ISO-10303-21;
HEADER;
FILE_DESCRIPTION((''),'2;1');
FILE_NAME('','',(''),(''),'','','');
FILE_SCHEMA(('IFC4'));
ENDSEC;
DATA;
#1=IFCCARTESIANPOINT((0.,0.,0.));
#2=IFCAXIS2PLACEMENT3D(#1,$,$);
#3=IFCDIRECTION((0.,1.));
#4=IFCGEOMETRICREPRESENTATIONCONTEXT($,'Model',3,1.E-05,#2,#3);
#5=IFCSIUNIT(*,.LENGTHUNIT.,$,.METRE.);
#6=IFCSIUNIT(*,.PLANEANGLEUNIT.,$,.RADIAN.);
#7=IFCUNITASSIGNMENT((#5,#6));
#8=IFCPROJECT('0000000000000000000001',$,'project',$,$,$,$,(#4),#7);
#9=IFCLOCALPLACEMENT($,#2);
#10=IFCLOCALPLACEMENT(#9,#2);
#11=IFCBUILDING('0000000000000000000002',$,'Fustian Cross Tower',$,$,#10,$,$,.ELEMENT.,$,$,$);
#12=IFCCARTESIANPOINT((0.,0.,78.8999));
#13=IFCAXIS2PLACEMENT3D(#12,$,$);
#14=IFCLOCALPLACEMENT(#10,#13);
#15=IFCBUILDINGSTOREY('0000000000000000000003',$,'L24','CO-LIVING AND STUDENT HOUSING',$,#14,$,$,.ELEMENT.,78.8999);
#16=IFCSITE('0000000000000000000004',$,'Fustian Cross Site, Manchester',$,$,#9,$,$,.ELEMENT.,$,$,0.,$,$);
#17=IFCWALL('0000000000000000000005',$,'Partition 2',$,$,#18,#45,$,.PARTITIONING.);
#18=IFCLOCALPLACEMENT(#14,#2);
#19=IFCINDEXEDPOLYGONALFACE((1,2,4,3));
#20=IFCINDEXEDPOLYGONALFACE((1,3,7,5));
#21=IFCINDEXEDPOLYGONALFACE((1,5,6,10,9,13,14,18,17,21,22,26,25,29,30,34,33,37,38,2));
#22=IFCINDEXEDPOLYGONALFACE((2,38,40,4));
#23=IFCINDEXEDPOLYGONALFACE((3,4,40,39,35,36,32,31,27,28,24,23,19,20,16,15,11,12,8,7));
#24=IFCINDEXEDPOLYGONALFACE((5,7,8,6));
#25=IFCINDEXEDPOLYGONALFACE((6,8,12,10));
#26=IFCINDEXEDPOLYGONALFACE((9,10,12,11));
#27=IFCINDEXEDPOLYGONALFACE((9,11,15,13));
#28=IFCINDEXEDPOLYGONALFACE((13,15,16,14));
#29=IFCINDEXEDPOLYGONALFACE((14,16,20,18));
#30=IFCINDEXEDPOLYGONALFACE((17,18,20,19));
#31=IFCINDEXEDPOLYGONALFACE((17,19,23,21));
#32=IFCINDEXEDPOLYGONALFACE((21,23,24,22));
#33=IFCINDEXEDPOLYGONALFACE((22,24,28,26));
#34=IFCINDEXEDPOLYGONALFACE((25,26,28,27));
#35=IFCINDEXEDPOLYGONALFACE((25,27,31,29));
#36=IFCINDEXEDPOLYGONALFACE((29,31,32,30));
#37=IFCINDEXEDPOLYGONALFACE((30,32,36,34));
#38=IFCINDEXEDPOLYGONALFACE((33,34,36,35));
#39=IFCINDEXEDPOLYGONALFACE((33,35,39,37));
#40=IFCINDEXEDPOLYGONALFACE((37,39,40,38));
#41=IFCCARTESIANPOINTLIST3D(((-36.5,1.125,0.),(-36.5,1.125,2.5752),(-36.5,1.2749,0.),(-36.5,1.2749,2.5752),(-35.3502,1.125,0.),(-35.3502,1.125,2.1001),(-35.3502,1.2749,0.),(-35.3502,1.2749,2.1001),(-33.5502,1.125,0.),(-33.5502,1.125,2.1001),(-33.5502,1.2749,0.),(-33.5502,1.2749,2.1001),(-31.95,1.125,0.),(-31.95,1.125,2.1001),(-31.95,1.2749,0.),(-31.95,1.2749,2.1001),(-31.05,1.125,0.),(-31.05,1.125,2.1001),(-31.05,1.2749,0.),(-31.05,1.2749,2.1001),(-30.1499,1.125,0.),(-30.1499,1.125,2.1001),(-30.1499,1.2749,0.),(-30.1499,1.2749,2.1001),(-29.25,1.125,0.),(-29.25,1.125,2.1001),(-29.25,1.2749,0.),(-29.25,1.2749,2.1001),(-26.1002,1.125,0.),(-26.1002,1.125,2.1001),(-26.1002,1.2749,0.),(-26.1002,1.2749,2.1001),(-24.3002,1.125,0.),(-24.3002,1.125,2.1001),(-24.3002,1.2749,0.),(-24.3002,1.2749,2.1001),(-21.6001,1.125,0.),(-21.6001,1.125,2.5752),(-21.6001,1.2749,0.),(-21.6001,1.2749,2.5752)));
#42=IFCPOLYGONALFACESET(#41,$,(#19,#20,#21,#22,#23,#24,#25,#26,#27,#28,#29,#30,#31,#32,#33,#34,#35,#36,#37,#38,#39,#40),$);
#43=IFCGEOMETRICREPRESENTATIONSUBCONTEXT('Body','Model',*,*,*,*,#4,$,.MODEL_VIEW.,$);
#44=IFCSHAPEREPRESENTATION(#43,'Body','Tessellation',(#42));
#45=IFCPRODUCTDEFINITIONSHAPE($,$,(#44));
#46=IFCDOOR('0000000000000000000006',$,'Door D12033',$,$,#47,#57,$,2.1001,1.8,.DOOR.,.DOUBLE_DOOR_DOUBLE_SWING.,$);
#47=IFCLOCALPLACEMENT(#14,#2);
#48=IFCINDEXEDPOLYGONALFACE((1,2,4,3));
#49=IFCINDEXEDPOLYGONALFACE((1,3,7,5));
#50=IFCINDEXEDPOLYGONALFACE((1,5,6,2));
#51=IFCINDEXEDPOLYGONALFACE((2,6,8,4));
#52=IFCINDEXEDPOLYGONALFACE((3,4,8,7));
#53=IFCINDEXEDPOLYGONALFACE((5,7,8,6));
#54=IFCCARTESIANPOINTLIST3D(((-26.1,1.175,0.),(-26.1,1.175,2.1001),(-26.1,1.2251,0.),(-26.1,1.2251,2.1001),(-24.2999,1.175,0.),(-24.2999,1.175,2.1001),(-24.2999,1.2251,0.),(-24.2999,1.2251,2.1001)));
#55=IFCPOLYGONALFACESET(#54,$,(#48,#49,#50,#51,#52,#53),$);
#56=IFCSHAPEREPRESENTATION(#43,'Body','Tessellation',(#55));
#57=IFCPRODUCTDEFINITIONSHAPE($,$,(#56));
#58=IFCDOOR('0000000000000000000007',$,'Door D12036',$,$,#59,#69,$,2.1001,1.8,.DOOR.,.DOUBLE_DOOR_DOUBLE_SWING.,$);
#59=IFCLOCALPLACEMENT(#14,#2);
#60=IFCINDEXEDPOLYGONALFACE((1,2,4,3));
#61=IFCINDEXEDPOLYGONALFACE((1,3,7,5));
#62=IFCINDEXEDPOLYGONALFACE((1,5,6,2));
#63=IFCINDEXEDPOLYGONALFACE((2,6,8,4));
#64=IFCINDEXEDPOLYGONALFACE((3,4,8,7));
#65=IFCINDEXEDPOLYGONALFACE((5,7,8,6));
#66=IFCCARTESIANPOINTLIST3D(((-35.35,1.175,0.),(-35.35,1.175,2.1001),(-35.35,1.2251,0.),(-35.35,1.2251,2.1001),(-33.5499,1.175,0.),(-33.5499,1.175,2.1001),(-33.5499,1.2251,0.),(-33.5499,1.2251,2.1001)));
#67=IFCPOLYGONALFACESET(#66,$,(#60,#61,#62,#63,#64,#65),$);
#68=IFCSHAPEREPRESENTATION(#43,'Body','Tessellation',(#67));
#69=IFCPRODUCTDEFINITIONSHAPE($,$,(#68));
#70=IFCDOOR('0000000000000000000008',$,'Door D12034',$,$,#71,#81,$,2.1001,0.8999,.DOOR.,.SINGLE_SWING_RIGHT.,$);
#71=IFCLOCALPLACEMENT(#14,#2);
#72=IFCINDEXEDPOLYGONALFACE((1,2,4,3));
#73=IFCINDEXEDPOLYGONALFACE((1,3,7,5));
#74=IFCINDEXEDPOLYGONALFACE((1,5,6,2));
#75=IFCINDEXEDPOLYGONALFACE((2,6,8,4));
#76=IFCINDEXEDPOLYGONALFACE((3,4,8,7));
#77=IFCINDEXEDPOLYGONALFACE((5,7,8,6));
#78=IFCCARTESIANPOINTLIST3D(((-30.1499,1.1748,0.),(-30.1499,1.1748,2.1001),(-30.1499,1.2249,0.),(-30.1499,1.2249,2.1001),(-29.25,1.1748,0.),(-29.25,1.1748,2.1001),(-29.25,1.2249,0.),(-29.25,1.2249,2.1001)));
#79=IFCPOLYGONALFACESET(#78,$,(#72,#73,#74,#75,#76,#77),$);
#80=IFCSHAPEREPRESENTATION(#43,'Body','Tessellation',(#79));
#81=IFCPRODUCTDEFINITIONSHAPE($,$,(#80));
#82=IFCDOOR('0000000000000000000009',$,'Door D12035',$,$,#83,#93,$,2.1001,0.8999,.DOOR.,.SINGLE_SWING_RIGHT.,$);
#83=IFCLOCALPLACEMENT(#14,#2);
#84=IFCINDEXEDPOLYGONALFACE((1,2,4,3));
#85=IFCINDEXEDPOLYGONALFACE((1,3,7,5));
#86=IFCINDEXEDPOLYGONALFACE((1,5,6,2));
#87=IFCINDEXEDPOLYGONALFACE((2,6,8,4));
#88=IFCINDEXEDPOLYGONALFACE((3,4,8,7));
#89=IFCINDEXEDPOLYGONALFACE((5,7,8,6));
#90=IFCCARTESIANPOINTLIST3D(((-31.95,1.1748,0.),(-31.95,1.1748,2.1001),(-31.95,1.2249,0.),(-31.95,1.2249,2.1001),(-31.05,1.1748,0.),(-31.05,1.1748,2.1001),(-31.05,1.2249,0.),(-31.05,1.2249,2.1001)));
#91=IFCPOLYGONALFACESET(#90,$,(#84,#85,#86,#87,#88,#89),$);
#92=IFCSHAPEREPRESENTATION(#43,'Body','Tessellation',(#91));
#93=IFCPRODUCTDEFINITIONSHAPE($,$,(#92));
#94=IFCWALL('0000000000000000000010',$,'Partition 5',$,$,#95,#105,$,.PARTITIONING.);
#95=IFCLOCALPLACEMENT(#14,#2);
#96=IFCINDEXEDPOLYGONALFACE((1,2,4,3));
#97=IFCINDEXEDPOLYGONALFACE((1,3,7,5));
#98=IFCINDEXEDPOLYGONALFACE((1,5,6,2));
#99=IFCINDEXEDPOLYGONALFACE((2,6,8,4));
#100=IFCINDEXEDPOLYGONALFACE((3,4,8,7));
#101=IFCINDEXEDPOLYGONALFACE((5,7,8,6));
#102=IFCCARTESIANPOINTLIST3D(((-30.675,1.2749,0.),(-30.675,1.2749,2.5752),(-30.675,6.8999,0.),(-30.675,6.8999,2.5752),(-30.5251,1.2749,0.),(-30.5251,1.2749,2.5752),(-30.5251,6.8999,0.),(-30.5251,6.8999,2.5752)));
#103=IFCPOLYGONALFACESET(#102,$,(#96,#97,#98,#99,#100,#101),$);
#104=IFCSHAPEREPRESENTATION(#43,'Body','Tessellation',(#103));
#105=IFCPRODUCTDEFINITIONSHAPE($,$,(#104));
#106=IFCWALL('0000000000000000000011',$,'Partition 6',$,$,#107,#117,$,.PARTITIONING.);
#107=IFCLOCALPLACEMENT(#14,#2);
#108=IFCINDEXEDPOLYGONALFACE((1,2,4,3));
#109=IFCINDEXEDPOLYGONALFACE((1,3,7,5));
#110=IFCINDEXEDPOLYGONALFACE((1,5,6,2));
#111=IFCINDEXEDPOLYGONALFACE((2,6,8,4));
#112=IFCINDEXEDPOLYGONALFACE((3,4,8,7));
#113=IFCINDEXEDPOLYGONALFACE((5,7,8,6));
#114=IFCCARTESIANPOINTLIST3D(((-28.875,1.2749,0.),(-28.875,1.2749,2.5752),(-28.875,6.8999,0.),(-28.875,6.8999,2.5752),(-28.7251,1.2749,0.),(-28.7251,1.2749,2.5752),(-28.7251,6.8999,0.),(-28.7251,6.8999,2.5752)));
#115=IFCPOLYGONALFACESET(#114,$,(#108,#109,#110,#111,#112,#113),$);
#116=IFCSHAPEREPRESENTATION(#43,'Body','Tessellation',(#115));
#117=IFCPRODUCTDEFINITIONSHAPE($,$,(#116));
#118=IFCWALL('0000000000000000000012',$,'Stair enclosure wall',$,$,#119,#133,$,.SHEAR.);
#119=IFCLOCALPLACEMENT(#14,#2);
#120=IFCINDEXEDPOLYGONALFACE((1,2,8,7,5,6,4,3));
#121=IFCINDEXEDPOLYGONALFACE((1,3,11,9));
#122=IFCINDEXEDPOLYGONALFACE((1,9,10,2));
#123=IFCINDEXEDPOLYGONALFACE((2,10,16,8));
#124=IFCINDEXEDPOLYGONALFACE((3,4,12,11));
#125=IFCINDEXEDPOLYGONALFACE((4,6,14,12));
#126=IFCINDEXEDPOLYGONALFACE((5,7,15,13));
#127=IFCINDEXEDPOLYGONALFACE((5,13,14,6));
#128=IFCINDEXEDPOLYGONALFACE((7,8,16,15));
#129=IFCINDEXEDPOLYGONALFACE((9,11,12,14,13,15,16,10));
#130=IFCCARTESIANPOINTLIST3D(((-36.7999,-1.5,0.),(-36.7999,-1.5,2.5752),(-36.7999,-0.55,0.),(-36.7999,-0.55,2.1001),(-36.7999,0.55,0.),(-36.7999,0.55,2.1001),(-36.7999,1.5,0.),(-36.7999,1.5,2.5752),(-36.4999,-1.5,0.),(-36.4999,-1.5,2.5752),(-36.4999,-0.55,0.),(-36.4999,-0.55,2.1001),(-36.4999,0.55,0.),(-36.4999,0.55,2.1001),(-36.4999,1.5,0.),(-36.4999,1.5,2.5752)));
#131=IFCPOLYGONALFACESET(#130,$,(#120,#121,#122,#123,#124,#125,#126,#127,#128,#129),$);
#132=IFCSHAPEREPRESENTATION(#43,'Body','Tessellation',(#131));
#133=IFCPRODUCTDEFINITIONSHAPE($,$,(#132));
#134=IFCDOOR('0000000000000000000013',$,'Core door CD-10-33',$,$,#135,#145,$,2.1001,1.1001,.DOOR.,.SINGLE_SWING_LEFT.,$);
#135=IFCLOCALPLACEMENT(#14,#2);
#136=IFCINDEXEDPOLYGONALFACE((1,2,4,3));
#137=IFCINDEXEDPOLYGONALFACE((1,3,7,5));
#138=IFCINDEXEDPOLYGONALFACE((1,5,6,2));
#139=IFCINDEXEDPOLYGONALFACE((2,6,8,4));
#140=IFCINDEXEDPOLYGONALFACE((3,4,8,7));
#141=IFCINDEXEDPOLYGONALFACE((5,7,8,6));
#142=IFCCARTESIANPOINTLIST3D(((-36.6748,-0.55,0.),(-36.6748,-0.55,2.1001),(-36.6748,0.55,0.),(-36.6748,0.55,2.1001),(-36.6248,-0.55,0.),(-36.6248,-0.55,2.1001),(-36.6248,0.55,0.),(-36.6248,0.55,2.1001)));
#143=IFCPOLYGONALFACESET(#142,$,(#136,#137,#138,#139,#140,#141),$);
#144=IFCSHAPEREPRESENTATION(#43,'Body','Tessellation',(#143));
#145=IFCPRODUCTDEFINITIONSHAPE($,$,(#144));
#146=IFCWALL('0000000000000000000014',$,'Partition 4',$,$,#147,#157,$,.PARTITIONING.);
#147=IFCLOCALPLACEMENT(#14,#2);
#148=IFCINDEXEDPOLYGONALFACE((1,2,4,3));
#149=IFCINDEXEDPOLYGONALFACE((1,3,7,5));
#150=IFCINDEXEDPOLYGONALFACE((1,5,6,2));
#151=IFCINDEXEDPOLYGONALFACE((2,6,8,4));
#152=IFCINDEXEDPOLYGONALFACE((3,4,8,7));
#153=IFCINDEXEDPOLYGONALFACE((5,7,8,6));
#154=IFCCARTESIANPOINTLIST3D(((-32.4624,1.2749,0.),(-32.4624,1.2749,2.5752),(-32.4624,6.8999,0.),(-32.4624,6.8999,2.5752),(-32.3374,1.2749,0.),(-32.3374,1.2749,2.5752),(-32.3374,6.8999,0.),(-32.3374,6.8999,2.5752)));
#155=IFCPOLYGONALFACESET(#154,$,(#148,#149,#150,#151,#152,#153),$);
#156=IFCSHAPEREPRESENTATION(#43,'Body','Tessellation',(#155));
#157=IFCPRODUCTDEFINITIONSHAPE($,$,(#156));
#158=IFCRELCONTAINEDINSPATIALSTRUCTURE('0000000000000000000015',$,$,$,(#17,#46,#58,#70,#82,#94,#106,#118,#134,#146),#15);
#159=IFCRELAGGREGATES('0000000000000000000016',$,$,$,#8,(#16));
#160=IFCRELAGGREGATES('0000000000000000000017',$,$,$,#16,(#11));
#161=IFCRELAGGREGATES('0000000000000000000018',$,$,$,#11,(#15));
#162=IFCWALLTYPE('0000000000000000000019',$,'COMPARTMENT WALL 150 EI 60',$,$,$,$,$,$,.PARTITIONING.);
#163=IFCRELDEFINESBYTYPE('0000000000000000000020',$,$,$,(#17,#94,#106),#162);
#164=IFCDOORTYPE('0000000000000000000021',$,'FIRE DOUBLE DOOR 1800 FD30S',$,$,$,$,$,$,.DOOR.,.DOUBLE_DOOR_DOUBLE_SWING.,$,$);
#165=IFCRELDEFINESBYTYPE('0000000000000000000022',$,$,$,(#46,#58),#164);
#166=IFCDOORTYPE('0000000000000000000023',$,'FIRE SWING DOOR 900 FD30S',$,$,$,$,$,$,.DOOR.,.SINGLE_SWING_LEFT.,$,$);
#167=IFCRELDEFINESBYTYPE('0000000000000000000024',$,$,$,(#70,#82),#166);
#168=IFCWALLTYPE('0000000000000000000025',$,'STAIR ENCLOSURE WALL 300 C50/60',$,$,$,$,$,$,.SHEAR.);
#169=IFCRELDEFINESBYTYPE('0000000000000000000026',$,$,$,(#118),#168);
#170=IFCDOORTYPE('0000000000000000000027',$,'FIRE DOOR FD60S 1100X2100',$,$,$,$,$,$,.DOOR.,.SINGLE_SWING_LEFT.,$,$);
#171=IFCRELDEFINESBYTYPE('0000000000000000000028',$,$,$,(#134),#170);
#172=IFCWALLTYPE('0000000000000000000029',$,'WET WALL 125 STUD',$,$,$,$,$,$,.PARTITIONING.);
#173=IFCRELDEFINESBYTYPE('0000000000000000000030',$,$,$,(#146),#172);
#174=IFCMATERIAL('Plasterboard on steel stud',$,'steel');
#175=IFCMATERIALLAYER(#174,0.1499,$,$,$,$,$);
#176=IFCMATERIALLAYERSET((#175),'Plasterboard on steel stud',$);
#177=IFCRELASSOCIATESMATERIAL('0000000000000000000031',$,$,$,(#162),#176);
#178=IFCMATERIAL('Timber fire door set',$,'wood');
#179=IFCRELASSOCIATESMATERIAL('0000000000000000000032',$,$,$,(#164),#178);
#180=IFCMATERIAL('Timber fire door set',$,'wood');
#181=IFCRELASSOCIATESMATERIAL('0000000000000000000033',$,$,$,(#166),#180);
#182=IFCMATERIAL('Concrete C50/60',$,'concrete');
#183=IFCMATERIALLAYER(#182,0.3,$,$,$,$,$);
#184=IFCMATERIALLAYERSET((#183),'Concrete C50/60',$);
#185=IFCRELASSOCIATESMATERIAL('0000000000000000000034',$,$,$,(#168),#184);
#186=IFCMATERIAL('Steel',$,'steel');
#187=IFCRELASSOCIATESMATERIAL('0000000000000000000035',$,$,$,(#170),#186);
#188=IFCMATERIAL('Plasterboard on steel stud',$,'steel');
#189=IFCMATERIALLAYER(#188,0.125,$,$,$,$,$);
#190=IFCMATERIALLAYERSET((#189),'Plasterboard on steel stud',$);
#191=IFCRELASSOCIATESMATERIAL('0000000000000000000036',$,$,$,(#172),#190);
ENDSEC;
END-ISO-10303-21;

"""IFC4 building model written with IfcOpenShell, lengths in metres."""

from ifc_helpers import new_model, si_unit, direction, frame, frame_2d, origin, place, context, subcontext, project, spatial, rectangle, extrude, material, layer, layer_set, type_object, element, fill, save


model = new_model("IFC4")

# Units and contexts
model_context = context("Model", 3, precision=1e-05, world=origin(), true_north=direction((0.0, 1.0)))
body_context = subcontext(model_context, "Body", "Model", "MODEL_VIEW")
ifc_project = project(units=[si_unit("LENGTHUNIT", "METRE"), si_unit("PLANEANGLEUNIT", "RADIAN")], contexts=[model_context])

# Site, building, storey
site_placement = place(None, origin())
site = spatial("IfcSite", under=ifc_project, at=site_placement, Name="Fustian Cross Site, Manchester", CompositionType="ELEMENT", RefElevation=0.0)
building_placement = place(site_placement, origin())
building = spatial("IfcBuilding", under=site, at=building_placement, Name="Fustian Cross Tower", CompositionType="ELEMENT")
storey_placement = place(building_placement, frame((0.0, 0.0, 78.8999)))
storey = spatial("IfcBuildingStorey", under=building, at=storey_placement, Name="L24", Description="CO-LIVING AND STUDENT HOUSING", CompositionType="ELEMENT", Elevation=78.8999)

# Wall, openings, doors
ifc_material_1 = material(Name="Plasterboard on steel stud", Category="steel")
ifc_layer_1 = layer(ifc_material_1, 0.1499)
ifc_layer_set_1 = layer_set([ifc_layer_1], Name="Plasterboard on steel stud")
wall_type_1 = type_object("IfcWallType", Name="COMPARTMENT WALL 150 EI 60", PredefinedType="PARTITIONING", material=ifc_layer_set_1)
ifc_material_2 = material(Name="Timber fire door set", Category="wood")
door_type_1 = type_object("IfcDoorType", Name="FIRE DOUBLE DOOR 1800 FD30S", OperationType="DOUBLE_DOOR_DOUBLE_SWING", PredefinedType="DOOR", material=ifc_material_2)
ifc_material_3 = material(Name="Timber fire door set", Category="wood")
door_type_2 = type_object("IfcDoorType", Name="FIRE SWING DOOR 900 FD30S", OperationType="SINGLE_SWING_LEFT", PredefinedType="DOOR", material=ifc_material_3)
wall_1_placement = place(storey_placement, frame((-36.5, 1.2, 0.0), z_axis=(0.0, 0.0, 1.0), x_axis=(1.0, 0.0, 0.0)))
wall_1 = element("IfcWall", 1, at=wall_1_placement, inside=storey, type_object=wall_type_1, Name="Partition 2", PredefinedType="PARTITIONING", context=body_context, shape_type="SweptSolid", body=[
    extrude(rectangle(XDim=14.8999, YDim=0.1499, at=frame_2d((7.45, 0.0))), origin(), (0.0, 0.0, 1.0), 2.5752),
])
opening_1_placement = place(wall_1_placement, frame((10.3999, 0.0, 0.0)))
opening_1 = element("IfcOpeningElement", 2, at=opening_1_placement, cuts=wall_1, PredefinedType="OPENING", context=body_context, shape_type="SweptSolid", body=[
    extrude(rectangle(XDim=1.8, YDim=2.1001, at=frame_2d((0.8999, 1.05))), frame((0.0, 0.085, 0.0), z_axis=(0.0, -1.0, 0.0), x_axis=(1.0, 0.0, 0.0)), (0.0, 0.0, 1.0), 0.1699),
])
opening_2_placement = place(wall_1_placement, frame((6.3501, 0.0, 0.0)))
opening_2 = element("IfcOpeningElement", 3, at=opening_2_placement, cuts=wall_1, PredefinedType="OPENING", context=body_context, shape_type="SweptSolid", body=[
    extrude(rectangle(XDim=0.8999, YDim=2.1001, at=frame_2d((0.45, 1.05))), frame((0.0, 0.085, 0.0), z_axis=(0.0, -1.0, 0.0), x_axis=(1.0, 0.0, 0.0)), (0.0, 0.0, 1.0), 0.1699),
])
opening_3_placement = place(wall_1_placement, frame((4.55, 0.0, 0.0)))
opening_3 = element("IfcOpeningElement", 4, at=opening_3_placement, cuts=wall_1, PredefinedType="OPENING", context=body_context, shape_type="SweptSolid", body=[
    extrude(rectangle(XDim=0.8999, YDim=2.1001, at=frame_2d((0.45, 1.05))), frame((0.0, 0.085, 0.0), z_axis=(0.0, -1.0, 0.0), x_axis=(1.0, 0.0, 0.0)), (0.0, 0.0, 1.0), 0.1699),
])
opening_4_placement = place(wall_1_placement, frame((1.1499, 0.0, 0.0)))
opening_4 = element("IfcOpeningElement", 5, at=opening_4_placement, cuts=wall_1, PredefinedType="OPENING", context=body_context, shape_type="SweptSolid", body=[
    extrude(rectangle(XDim=1.8, YDim=2.1001, at=frame_2d((0.8999, 1.05))), frame((0.0, 0.085, 0.0), z_axis=(0.0, -1.0, 0.0), x_axis=(1.0, 0.0, 0.0)), (0.0, 0.0, 1.0), 0.1699),
])
door_1_placement = place(opening_1_placement, frame((1.8, 0.0, 0.0), z_axis=(0.0, 0.0, 1.0), x_axis=(-1.0, 0.0, 0.0)))
door_1 = element("IfcDoor", 6, at=door_1_placement, inside=storey, type_object=door_type_1, Name="Door D12033", OperationType="DOUBLE_DOOR_DOUBLE_SWING", OverallHeight=2.1001, OverallWidth=1.8, PredefinedType="DOOR", context=body_context, shape_type="SweptSolid", body=[
    extrude(rectangle(XDim=1.8, YDim=2.1001, at=frame_2d((0.8999, 1.05))), frame((0.0, 0.0249, 0.0), z_axis=(0.0, -1.0, 0.0), x_axis=(1.0, 0.0, 0.0)), (0.0, 0.0, 1.0), 0.05),
])
fill(opening_1, door_1)
door_2_placement = place(opening_4_placement, frame((1.8, 0.0, 0.0), z_axis=(0.0, 0.0, 1.0), x_axis=(-1.0, 0.0, 0.0)))
door_2 = element("IfcDoor", 7, at=door_2_placement, inside=storey, type_object=door_type_1, Name="Door D12036", OperationType="DOUBLE_DOOR_DOUBLE_SWING", OverallHeight=2.1001, OverallWidth=1.8, PredefinedType="DOOR", context=body_context, shape_type="SweptSolid", body=[
    extrude(rectangle(XDim=1.8, YDim=2.1001, at=frame_2d((0.8999, 1.05))), frame((0.0, 0.0249, 0.0), z_axis=(0.0, -1.0, 0.0), x_axis=(1.0, 0.0, 0.0)), (0.0, 0.0, 1.0), 0.05),
])
fill(opening_4, door_2)
door_3_placement = place(opening_2_placement, origin())
door_3 = element("IfcDoor", 8, at=door_3_placement, inside=storey, type_object=door_type_2, Name="Door D12034", OperationType="SINGLE_SWING_RIGHT", OverallHeight=2.1001, OverallWidth=0.8999, PredefinedType="DOOR", context=body_context, shape_type="SweptSolid", body=[
    extrude(rectangle(XDim=0.8999, YDim=2.1001, at=frame_2d((0.45, 1.05))), frame((0.0, 0.0249, 0.0), z_axis=(0.0, -1.0, 0.0), x_axis=(1.0, 0.0, 0.0)), (0.0, 0.0, 1.0), 0.05),
])
fill(opening_2, door_3)
door_4_placement = place(opening_3_placement, origin())
door_4 = element("IfcDoor", 9, at=door_4_placement, inside=storey, type_object=door_type_2, Name="Door D12035", OperationType="SINGLE_SWING_RIGHT", OverallHeight=2.1001, OverallWidth=0.8999, PredefinedType="DOOR", context=body_context, shape_type="SweptSolid", body=[
    extrude(rectangle(XDim=0.8999, YDim=2.1001, at=frame_2d((0.45, 1.05))), frame((0.0, 0.0249, 0.0), z_axis=(0.0, -1.0, 0.0), x_axis=(1.0, 0.0, 0.0)), (0.0, 0.0, 1.0), 0.05),
])
fill(opening_3, door_4)

# Walls
for number, where, z_axis, x_axis, name in (
    (10, (-30.6001, 1.2749, 0.0), (0.0, 0.0, 1.0), (0.0, 1.0, 0.0), "Partition 5"),
    (11, (-28.8, 1.2749, 0.0), (0.0, 0.0, 1.0), (0.0, 1.0, 0.0), "Partition 6"),
):
    element("IfcWall", number, at=place(storey_placement, frame(where, z_axis=z_axis, x_axis=x_axis)), inside=storey, type_object=wall_type_1, Name=name, PredefinedType="PARTITIONING", context=body_context, shape_type="SweptSolid", body=[
        extrude(rectangle(XDim=5.625, YDim=0.1499, at=frame_2d((2.8125, 0.0))), origin(), (0.0, 0.0, 1.0), 2.5752),
    ])

# Wall, opening, door
ifc_material_4 = material(Name="Concrete C50/60", Category="concrete")
ifc_layer_2 = layer(ifc_material_4, 0.3)
ifc_layer_set_2 = layer_set([ifc_layer_2], Name="Concrete C50/60")
wall_type_2 = type_object("IfcWallType", Name="STAIR ENCLOSURE WALL 300 C50/60", PredefinedType="SHEAR", material=ifc_layer_set_2)
wall_2_placement = place(storey_placement, frame((-36.6499, -1.5, 0.0), z_axis=(0.0, 0.0, 1.0), x_axis=(0.0, 1.0, 0.0)))
wall_2 = element("IfcWall", 12, at=wall_2_placement, inside=storey, type_object=wall_type_2, Name="Stair enclosure wall", PredefinedType="SHEAR", context=body_context, shape_type="SweptSolid", body=[
    extrude(rectangle(XDim=3.0, YDim=0.3, at=frame_2d((1.5, 0.0))), origin(), (0.0, 0.0, 1.0), 2.5752),
])
opening_5_placement = place(wall_2_placement, frame((0.95, 0.0, 0.0)))
opening_5 = element("IfcOpeningElement", 13, at=opening_5_placement, cuts=wall_2, PredefinedType="OPENING", context=body_context, shape_type="SweptSolid", body=[
    extrude(rectangle(XDim=1.1001, YDim=2.1001, at=frame_2d((0.55, 1.05))), frame((0.0, 0.1599, 0.0), z_axis=(0.0, -1.0, 0.0), x_axis=(1.0, 0.0, 0.0)), (0.0, 0.0, 1.0), 0.3201),
])
ifc_material_5 = material(Name="Steel", Category="steel")
door_type_3 = type_object("IfcDoorType", Name="FIRE DOOR FD60S 1100X2100", OperationType="SINGLE_SWING_LEFT", PredefinedType="DOOR", material=ifc_material_5)
door_5_placement = place(opening_5_placement, origin())
door_5 = element("IfcDoor", 14, at=door_5_placement, inside=storey, type_object=door_type_3, Name="Core door CD-10-33", OperationType="SINGLE_SWING_LEFT", OverallHeight=2.1001, OverallWidth=1.1001, PredefinedType="DOOR", context=body_context, shape_type="SweptSolid", body=[
    extrude(rectangle(XDim=1.1001, YDim=2.1001, at=frame_2d((0.55, 1.05))), frame((0.0, 0.0249, 0.0), z_axis=(0.0, -1.0, 0.0), x_axis=(1.0, 0.0, 0.0)), (0.0, 0.0, 1.0), 0.05),
])
fill(opening_5, door_5)

# Wall
ifc_material_6 = material(Name="Plasterboard on steel stud", Category="steel")
ifc_layer_3 = layer(ifc_material_6, 0.125)
ifc_layer_set_3 = layer_set([ifc_layer_3], Name="Plasterboard on steel stud")
wall_type_3 = type_object("IfcWallType", Name="WET WALL 125 STUD", PredefinedType="PARTITIONING", material=ifc_layer_set_3)
wall_3_placement = place(storey_placement, frame((-32.3999, 1.2749, 0.0), z_axis=(0.0, 0.0, 1.0), x_axis=(0.0, 1.0, 0.0)))
element("IfcWall", 15, at=wall_3_placement, inside=storey, type_object=wall_type_3, Name="Partition 4", PredefinedType="PARTITIONING", context=body_context, shape_type="SweptSolid", body=[
    extrude(rectangle(XDim=5.625, YDim=0.125, at=frame_2d((2.8125, 0.0))), origin(), (0.0, 0.0, 1.0), 2.5752),
])

save(model, "model.ifc")
